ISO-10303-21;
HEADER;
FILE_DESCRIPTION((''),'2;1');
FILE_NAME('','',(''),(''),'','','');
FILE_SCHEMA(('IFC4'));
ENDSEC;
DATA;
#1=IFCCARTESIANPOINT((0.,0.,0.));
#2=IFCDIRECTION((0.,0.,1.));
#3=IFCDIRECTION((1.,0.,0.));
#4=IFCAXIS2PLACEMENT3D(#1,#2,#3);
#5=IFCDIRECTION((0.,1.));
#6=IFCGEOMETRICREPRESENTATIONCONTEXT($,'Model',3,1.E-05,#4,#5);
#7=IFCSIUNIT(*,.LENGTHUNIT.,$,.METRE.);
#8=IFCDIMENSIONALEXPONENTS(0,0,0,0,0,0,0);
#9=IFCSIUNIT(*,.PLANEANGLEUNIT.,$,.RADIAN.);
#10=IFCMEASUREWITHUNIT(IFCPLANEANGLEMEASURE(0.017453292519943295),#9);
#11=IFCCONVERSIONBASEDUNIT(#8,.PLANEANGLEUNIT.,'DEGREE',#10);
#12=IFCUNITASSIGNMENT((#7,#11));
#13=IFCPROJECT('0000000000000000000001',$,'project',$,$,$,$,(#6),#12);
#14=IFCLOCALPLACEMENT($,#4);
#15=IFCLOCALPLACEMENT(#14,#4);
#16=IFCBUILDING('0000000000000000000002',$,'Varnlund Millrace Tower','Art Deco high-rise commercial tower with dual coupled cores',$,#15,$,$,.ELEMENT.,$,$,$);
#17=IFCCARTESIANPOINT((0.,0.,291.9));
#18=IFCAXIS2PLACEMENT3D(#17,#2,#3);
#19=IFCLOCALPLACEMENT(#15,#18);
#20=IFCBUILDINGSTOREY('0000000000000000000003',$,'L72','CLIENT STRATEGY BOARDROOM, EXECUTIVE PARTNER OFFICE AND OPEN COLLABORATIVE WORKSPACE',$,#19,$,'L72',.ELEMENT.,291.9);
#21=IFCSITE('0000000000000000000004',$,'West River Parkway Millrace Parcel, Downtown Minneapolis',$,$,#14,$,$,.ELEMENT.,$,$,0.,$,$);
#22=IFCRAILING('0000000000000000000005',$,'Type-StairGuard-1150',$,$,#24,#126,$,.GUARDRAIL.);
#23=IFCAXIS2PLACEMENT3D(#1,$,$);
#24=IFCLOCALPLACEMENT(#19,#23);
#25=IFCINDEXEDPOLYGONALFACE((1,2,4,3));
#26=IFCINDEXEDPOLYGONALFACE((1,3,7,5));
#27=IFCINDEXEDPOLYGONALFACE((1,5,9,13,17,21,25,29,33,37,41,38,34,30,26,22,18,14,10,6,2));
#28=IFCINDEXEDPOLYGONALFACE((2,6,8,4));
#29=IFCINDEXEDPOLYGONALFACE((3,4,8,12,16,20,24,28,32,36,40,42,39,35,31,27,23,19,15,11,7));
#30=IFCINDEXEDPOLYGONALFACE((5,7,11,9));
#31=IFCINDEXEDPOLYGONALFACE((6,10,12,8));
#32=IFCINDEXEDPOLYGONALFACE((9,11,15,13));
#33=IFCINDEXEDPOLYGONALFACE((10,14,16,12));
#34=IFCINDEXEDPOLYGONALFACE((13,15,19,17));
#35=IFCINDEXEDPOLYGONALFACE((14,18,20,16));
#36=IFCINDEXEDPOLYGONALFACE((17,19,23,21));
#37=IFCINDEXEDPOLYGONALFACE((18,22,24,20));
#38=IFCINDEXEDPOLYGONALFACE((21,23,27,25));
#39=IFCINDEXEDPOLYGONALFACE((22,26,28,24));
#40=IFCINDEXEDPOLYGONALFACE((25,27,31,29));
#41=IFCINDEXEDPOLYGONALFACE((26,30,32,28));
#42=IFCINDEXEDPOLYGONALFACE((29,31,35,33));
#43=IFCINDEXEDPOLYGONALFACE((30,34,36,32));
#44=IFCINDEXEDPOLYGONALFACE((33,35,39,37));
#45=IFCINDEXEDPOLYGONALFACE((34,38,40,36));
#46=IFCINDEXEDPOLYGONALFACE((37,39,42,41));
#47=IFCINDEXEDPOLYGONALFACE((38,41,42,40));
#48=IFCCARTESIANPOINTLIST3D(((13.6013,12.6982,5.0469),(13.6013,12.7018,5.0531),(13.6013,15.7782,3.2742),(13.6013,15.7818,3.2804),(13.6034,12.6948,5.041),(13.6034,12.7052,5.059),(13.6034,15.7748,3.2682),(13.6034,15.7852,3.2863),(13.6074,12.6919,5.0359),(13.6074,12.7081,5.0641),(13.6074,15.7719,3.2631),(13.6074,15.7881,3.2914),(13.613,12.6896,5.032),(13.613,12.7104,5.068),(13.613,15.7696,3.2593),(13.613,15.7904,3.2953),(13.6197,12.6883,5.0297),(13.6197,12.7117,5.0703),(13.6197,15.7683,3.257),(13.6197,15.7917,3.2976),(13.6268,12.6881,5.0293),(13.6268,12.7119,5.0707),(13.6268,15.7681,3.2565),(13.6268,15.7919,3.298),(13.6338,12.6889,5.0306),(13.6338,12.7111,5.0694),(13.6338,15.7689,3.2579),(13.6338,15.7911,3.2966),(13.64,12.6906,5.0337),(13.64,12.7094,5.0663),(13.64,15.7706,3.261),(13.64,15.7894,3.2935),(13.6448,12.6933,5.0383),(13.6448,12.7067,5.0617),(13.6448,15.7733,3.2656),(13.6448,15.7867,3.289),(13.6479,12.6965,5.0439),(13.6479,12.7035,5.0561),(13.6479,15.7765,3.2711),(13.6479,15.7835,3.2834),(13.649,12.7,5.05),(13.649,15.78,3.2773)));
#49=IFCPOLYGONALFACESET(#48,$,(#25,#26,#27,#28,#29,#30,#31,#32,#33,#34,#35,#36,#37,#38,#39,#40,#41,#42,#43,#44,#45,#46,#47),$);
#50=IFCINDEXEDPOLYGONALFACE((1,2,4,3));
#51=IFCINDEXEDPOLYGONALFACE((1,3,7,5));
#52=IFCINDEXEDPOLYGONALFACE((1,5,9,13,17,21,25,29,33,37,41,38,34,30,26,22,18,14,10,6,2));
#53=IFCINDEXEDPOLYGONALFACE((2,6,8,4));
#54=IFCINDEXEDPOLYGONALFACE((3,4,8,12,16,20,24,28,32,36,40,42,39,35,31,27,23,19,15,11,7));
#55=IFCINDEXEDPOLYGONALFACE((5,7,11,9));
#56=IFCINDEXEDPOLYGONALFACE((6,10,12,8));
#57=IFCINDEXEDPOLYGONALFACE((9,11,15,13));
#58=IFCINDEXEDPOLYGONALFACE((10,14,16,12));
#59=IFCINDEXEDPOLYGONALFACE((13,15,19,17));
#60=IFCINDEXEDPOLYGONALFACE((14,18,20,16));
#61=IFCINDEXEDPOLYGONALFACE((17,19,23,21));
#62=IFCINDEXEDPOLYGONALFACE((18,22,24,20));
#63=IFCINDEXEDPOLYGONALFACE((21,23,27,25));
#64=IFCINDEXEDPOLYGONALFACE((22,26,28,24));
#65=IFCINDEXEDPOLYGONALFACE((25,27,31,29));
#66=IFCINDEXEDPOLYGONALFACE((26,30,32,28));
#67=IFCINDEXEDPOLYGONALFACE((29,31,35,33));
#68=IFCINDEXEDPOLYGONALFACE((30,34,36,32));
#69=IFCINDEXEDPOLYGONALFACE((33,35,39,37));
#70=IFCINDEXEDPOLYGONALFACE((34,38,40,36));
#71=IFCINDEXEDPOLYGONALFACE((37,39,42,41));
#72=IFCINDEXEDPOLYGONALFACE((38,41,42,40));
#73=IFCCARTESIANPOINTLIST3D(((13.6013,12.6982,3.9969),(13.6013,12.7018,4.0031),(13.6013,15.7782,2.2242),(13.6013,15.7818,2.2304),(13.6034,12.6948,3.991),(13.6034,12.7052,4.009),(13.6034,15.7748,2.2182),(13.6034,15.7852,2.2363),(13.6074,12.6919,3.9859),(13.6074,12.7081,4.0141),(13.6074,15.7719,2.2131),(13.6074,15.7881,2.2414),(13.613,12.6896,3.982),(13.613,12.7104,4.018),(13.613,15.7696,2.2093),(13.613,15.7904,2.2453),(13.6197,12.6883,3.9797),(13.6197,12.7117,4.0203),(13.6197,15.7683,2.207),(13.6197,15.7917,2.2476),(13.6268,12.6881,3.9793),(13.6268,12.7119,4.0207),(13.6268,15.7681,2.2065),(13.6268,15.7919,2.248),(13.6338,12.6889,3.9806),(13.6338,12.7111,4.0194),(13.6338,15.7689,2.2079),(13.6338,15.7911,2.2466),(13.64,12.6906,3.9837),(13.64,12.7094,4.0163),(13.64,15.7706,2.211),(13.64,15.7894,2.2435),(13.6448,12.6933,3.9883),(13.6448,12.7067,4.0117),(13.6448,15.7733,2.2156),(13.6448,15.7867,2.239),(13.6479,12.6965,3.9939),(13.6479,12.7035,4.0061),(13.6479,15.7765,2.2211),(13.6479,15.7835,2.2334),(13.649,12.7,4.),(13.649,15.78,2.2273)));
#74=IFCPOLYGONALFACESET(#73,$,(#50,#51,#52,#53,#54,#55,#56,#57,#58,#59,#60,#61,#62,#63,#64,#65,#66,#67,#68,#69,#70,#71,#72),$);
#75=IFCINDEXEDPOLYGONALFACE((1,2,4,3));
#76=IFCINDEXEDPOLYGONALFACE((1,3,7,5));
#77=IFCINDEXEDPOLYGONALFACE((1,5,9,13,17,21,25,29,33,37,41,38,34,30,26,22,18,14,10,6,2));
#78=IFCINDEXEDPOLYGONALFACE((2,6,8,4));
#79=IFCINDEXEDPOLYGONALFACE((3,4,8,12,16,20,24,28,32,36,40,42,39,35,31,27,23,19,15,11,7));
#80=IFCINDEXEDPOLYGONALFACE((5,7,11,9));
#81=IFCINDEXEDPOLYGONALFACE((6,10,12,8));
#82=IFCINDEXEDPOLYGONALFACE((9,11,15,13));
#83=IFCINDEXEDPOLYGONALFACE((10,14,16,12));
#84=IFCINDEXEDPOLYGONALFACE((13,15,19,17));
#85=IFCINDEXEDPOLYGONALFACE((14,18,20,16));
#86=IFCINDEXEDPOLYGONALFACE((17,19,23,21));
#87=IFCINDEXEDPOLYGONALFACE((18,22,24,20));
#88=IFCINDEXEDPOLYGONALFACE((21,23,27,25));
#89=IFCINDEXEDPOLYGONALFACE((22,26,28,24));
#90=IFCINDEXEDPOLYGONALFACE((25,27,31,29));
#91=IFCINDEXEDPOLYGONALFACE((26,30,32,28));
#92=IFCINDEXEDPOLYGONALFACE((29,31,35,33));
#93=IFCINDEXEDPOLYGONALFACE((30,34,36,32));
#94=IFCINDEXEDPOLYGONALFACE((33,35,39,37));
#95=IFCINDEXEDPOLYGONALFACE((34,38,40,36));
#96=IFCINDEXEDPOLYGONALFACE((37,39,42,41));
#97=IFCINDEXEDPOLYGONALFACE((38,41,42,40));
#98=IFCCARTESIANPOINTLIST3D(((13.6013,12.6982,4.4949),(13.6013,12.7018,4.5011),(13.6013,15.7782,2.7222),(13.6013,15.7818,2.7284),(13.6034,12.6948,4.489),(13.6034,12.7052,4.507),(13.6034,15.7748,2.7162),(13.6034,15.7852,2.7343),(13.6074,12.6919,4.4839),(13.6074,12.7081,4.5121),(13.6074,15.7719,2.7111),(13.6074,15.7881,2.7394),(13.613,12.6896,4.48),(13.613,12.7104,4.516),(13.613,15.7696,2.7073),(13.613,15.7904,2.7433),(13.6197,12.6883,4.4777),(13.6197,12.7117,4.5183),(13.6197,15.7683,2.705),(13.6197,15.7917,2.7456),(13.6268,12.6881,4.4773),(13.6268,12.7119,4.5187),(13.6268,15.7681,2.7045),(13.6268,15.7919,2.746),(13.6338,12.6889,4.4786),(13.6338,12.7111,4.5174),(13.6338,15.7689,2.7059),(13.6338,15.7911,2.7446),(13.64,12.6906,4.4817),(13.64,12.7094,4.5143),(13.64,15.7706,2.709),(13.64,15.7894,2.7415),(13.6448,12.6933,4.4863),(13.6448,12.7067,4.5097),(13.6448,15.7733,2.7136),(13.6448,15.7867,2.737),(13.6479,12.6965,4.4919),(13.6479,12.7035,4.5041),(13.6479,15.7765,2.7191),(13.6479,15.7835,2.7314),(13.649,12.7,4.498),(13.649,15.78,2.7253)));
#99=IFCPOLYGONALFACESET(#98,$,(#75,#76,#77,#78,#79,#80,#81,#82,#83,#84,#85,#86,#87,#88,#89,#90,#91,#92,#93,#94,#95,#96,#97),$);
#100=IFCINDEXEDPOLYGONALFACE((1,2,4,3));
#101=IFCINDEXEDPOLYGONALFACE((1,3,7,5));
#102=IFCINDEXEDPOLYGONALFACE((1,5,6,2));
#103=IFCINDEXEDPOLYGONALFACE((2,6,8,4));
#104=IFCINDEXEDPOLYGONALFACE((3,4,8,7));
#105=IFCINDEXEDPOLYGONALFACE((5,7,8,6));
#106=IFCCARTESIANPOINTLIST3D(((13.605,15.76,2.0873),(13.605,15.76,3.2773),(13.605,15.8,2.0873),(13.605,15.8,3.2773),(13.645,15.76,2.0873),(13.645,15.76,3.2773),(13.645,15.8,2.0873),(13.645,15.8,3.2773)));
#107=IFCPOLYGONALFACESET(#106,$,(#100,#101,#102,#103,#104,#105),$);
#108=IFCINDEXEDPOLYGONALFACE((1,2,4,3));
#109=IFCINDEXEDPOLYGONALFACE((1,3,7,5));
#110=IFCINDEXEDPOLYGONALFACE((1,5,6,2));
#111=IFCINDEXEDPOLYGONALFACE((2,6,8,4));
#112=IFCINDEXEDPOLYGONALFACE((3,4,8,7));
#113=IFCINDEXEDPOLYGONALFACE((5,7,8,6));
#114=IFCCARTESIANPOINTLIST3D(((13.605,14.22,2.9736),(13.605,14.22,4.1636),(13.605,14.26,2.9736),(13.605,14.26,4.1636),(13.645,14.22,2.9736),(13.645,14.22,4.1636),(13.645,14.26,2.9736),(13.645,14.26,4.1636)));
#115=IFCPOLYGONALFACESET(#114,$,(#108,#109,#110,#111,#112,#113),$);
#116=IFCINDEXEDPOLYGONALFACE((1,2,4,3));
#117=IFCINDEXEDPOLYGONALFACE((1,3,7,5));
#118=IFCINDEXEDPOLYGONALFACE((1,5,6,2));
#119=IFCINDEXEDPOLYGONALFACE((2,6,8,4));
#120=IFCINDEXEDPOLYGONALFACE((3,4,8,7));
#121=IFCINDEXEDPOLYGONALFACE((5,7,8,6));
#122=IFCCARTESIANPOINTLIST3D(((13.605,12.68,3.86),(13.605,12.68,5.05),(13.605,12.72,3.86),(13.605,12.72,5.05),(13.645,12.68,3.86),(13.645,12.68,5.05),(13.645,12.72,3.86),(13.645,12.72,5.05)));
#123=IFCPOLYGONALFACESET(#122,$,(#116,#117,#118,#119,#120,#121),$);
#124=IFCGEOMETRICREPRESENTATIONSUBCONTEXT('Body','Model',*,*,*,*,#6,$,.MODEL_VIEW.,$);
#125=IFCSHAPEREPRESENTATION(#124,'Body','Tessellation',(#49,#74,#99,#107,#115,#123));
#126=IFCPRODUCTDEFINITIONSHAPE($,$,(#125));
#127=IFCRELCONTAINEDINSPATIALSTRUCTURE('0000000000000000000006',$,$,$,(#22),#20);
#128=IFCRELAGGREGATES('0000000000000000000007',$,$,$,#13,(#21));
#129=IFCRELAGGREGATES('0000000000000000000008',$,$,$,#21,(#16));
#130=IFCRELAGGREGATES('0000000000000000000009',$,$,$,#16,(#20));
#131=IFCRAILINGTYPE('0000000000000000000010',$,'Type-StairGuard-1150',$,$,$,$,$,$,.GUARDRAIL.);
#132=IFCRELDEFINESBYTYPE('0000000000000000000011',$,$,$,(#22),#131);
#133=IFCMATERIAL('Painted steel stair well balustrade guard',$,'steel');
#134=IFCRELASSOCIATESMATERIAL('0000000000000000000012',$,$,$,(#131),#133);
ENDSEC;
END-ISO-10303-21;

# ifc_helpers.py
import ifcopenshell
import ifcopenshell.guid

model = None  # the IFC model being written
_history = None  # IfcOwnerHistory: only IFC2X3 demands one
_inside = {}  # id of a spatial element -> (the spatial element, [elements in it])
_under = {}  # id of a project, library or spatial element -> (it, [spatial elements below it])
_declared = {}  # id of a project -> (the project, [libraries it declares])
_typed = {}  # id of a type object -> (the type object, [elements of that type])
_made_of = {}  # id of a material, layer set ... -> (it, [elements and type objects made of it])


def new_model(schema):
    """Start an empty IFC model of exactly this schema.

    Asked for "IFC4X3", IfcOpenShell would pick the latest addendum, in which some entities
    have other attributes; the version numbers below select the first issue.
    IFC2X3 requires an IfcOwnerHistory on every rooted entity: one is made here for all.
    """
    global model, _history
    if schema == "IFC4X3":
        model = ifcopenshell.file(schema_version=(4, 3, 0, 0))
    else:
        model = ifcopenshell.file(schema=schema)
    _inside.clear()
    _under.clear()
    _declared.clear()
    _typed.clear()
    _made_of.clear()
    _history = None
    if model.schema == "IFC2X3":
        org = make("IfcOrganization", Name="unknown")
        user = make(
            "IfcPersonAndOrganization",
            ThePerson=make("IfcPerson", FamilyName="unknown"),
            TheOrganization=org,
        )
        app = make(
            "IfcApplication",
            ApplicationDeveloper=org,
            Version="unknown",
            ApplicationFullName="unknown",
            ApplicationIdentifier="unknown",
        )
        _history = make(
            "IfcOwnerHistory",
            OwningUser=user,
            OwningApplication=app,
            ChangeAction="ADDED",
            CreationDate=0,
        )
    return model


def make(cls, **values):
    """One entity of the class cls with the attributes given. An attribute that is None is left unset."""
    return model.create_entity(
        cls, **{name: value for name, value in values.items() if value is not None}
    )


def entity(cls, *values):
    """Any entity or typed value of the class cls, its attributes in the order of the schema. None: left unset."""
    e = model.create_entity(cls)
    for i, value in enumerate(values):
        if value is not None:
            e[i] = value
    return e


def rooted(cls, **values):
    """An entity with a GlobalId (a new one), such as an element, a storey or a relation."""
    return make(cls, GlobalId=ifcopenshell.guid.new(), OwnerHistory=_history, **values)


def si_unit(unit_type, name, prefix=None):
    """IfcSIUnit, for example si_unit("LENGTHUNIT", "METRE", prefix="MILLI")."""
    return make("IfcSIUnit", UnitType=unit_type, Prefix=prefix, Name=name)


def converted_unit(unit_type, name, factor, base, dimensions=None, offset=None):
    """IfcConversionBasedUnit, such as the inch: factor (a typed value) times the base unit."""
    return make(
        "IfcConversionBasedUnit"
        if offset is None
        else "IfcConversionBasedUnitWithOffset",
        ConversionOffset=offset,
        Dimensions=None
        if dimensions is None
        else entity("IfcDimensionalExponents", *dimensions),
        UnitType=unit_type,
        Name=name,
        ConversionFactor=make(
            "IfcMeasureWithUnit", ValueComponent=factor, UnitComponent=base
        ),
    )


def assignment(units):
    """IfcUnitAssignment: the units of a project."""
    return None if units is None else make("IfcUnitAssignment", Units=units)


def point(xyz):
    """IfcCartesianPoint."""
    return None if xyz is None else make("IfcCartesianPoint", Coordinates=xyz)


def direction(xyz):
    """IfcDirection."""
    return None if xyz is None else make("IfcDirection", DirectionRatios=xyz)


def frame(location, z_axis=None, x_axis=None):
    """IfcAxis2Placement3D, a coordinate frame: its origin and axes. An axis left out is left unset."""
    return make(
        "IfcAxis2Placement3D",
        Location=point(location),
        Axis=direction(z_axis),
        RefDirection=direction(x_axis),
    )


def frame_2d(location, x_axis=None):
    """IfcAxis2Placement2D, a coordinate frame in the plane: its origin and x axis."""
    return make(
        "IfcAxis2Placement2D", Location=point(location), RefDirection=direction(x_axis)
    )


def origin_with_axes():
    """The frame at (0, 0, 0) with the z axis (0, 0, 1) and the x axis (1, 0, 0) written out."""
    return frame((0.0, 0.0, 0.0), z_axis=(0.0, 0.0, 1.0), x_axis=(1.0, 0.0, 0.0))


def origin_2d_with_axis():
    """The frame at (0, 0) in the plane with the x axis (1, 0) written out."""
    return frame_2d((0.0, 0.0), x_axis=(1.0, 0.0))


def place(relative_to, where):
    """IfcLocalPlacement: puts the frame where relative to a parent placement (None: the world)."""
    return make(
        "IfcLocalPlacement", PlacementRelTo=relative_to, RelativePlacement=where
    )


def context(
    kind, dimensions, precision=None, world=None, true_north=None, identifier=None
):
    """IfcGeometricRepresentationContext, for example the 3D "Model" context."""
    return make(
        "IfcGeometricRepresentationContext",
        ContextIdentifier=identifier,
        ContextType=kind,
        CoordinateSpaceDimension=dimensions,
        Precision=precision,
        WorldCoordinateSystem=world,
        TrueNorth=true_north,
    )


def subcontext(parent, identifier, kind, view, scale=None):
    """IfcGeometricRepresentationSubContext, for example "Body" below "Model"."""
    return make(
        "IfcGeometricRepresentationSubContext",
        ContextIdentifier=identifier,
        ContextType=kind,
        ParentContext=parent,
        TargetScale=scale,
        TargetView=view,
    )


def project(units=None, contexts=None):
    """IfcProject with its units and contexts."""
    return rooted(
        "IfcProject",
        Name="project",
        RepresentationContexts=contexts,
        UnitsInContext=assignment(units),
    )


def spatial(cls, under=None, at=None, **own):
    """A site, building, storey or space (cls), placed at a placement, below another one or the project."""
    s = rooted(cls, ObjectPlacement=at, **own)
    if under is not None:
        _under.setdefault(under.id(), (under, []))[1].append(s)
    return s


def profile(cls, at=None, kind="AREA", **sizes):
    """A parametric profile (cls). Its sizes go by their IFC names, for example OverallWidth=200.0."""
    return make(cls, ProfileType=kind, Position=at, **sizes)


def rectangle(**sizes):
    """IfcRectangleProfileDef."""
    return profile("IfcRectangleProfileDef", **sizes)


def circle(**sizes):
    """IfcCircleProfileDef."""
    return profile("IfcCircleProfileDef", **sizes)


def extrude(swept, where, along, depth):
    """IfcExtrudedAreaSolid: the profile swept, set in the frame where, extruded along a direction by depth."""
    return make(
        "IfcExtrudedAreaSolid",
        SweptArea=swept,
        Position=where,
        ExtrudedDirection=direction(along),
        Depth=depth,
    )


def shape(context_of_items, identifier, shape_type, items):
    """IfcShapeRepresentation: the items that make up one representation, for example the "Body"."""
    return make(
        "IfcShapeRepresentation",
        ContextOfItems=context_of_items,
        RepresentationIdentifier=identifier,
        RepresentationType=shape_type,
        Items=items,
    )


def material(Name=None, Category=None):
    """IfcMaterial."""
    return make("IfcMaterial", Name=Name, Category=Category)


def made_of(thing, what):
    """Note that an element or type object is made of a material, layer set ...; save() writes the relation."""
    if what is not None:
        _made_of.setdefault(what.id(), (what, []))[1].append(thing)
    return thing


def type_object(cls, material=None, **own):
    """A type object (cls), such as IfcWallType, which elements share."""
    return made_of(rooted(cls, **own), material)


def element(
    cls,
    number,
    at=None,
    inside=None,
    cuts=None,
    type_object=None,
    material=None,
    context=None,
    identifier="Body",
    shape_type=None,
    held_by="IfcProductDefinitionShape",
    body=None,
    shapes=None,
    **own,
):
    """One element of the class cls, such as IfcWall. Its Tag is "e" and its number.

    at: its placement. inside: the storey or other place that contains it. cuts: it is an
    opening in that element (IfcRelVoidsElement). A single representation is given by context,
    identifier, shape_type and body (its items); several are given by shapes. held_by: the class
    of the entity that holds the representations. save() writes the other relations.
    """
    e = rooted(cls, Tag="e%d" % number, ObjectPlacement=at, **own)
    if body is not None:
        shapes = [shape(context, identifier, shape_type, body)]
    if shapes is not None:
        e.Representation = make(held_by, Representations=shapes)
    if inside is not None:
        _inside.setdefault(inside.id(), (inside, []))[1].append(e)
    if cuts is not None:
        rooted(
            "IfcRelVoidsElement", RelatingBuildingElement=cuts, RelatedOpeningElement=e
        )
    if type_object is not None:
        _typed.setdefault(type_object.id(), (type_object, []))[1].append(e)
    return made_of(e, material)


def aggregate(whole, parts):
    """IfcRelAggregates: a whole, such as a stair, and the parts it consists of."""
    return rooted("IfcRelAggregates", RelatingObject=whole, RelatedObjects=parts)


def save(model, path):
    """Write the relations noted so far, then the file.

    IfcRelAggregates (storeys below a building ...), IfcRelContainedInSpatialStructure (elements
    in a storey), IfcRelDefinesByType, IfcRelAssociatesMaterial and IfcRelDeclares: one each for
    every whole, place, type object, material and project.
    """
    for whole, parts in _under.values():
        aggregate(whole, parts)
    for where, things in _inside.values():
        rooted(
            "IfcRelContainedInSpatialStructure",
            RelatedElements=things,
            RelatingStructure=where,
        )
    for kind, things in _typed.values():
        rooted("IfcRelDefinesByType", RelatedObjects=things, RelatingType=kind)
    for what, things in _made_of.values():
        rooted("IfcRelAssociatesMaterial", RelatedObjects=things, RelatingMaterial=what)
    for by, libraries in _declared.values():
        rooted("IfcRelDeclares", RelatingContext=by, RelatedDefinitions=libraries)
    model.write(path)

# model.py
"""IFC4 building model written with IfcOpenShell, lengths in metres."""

from ifc_helpers import new_model, entity, si_unit, converted_unit, direction, frame, origin_with_axes, origin_2d_with_axis, place, context, subcontext, project, spatial, rectangle, circle, extrude, material, type_object, element, save


model = new_model("IFC4")

# Units and contexts
model_context = context("Model", 3, precision=1e-05, world=origin_with_axes(), true_north=direction((0.0, 1.0)))
body_context = subcontext(model_context, "Body", "Model", "MODEL_VIEW")
ifc_project = project(units=[si_unit("LENGTHUNIT", "METRE"), converted_unit("PLANEANGLEUNIT", "DEGREE", entity("IfcPlaneAngleMeasure", 0.017453292519943295), si_unit("PLANEANGLEUNIT", "RADIAN"), dimensions=[0, 0, 0, 0, 0, 0, 0])], contexts=[model_context])

# Site, building, storey
site_placement = place(None, origin_with_axes())
site = spatial("IfcSite", under=ifc_project, at=site_placement, Name="West River Parkway Millrace Parcel, Downtown Minneapolis", CompositionType="ELEMENT", RefElevation=0.0)
building_placement = place(site_placement, origin_with_axes())
building = spatial("IfcBuilding", under=site, at=building_placement, Name="Varnlund Millrace Tower", Description="Art Deco high-rise commercial tower with dual coupled cores", CompositionType="ELEMENT")
storey_placement = place(building_placement, frame((0.0, 0.0, 291.9), z_axis=(0.0, 0.0, 1.0), x_axis=(1.0, 0.0, 0.0)))
storey = spatial("IfcBuildingStorey", under=building, at=storey_placement, Name="L72", Description="CLIENT STRATEGY BOARDROOM, EXECUTIVE PARTNER OFFICE AND OPEN COLLABORATIVE WORKSPACE", LongName="L72", CompositionType="ELEMENT", Elevation=291.9)

# Railing
ifc_material_1 = material(Name="Painted steel stair well balustrade guard", Category="steel")
railing_type_1 = type_object("IfcRailingType", Name="Type-StairGuard-1150", PredefinedType="GUARDRAIL", material=ifc_material_1)
railing_1_placement = place(storey_placement, frame((0.0, 0.0, -291.9), z_axis=(0.0, 0.0, 1.0), x_axis=(1.0, 0.0, 0.0)))
element("IfcRailing", 1, at=railing_1_placement, inside=storey, type_object=railing_type_1, Name="Type-StairGuard-1150", PredefinedType="GUARDRAIL", context=body_context, shape_type="SweptSolid", body=[
    extrude(circle(Radius=0.024, at=origin_2d_with_axis()), frame((13.625, 15.78, 295.1773), z_axis=(0.0, -0.866696, 0.498836), x_axis=(1.0, 0.0, 0.0)), (0.0, 0.0, 1.0), 3.5537),
    extrude(circle(Radius=0.024, at=origin_2d_with_axis()), frame((13.625, 15.78, 294.1273), z_axis=(0.0, -0.866696, 0.498836), x_axis=(1.0, 0.0, 0.0)), (0.0, 0.0, 1.0), 3.5537),
    extrude(circle(Radius=0.024, at=origin_2d_with_axis()), frame((13.625, 15.78, 294.6253), z_axis=(0.0, -0.866696, 0.498836), x_axis=(1.0, 0.0, 0.0)), (0.0, 0.0, 1.0), 3.5537),
    extrude(rectangle(XDim=0.04, YDim=0.04, at=origin_2d_with_axis()), frame((13.625, 15.78, 293.9873), z_axis=(0.0, 0.0, 1.0), x_axis=(1.0, 0.0, 0.0)), (0.0, 0.0, 1.0), 1.19),
    extrude(rectangle(XDim=0.04, YDim=0.04, at=origin_2d_with_axis()), frame((13.625, 14.24, 294.8736), z_axis=(0.0, 0.0, 1.0), x_axis=(1.0, 0.0, 0.0)), (0.0, 0.0, 1.0), 1.19),
    extrude(rectangle(XDim=0.04, YDim=0.04, at=origin_2d_with_axis()), frame((13.625, 12.7, 295.76), z_axis=(0.0, 0.0, 1.0), x_axis=(1.0, 0.0, 0.0)), (0.0, 0.0, 1.0), 1.19),
])

save(model, "model.ifc")
